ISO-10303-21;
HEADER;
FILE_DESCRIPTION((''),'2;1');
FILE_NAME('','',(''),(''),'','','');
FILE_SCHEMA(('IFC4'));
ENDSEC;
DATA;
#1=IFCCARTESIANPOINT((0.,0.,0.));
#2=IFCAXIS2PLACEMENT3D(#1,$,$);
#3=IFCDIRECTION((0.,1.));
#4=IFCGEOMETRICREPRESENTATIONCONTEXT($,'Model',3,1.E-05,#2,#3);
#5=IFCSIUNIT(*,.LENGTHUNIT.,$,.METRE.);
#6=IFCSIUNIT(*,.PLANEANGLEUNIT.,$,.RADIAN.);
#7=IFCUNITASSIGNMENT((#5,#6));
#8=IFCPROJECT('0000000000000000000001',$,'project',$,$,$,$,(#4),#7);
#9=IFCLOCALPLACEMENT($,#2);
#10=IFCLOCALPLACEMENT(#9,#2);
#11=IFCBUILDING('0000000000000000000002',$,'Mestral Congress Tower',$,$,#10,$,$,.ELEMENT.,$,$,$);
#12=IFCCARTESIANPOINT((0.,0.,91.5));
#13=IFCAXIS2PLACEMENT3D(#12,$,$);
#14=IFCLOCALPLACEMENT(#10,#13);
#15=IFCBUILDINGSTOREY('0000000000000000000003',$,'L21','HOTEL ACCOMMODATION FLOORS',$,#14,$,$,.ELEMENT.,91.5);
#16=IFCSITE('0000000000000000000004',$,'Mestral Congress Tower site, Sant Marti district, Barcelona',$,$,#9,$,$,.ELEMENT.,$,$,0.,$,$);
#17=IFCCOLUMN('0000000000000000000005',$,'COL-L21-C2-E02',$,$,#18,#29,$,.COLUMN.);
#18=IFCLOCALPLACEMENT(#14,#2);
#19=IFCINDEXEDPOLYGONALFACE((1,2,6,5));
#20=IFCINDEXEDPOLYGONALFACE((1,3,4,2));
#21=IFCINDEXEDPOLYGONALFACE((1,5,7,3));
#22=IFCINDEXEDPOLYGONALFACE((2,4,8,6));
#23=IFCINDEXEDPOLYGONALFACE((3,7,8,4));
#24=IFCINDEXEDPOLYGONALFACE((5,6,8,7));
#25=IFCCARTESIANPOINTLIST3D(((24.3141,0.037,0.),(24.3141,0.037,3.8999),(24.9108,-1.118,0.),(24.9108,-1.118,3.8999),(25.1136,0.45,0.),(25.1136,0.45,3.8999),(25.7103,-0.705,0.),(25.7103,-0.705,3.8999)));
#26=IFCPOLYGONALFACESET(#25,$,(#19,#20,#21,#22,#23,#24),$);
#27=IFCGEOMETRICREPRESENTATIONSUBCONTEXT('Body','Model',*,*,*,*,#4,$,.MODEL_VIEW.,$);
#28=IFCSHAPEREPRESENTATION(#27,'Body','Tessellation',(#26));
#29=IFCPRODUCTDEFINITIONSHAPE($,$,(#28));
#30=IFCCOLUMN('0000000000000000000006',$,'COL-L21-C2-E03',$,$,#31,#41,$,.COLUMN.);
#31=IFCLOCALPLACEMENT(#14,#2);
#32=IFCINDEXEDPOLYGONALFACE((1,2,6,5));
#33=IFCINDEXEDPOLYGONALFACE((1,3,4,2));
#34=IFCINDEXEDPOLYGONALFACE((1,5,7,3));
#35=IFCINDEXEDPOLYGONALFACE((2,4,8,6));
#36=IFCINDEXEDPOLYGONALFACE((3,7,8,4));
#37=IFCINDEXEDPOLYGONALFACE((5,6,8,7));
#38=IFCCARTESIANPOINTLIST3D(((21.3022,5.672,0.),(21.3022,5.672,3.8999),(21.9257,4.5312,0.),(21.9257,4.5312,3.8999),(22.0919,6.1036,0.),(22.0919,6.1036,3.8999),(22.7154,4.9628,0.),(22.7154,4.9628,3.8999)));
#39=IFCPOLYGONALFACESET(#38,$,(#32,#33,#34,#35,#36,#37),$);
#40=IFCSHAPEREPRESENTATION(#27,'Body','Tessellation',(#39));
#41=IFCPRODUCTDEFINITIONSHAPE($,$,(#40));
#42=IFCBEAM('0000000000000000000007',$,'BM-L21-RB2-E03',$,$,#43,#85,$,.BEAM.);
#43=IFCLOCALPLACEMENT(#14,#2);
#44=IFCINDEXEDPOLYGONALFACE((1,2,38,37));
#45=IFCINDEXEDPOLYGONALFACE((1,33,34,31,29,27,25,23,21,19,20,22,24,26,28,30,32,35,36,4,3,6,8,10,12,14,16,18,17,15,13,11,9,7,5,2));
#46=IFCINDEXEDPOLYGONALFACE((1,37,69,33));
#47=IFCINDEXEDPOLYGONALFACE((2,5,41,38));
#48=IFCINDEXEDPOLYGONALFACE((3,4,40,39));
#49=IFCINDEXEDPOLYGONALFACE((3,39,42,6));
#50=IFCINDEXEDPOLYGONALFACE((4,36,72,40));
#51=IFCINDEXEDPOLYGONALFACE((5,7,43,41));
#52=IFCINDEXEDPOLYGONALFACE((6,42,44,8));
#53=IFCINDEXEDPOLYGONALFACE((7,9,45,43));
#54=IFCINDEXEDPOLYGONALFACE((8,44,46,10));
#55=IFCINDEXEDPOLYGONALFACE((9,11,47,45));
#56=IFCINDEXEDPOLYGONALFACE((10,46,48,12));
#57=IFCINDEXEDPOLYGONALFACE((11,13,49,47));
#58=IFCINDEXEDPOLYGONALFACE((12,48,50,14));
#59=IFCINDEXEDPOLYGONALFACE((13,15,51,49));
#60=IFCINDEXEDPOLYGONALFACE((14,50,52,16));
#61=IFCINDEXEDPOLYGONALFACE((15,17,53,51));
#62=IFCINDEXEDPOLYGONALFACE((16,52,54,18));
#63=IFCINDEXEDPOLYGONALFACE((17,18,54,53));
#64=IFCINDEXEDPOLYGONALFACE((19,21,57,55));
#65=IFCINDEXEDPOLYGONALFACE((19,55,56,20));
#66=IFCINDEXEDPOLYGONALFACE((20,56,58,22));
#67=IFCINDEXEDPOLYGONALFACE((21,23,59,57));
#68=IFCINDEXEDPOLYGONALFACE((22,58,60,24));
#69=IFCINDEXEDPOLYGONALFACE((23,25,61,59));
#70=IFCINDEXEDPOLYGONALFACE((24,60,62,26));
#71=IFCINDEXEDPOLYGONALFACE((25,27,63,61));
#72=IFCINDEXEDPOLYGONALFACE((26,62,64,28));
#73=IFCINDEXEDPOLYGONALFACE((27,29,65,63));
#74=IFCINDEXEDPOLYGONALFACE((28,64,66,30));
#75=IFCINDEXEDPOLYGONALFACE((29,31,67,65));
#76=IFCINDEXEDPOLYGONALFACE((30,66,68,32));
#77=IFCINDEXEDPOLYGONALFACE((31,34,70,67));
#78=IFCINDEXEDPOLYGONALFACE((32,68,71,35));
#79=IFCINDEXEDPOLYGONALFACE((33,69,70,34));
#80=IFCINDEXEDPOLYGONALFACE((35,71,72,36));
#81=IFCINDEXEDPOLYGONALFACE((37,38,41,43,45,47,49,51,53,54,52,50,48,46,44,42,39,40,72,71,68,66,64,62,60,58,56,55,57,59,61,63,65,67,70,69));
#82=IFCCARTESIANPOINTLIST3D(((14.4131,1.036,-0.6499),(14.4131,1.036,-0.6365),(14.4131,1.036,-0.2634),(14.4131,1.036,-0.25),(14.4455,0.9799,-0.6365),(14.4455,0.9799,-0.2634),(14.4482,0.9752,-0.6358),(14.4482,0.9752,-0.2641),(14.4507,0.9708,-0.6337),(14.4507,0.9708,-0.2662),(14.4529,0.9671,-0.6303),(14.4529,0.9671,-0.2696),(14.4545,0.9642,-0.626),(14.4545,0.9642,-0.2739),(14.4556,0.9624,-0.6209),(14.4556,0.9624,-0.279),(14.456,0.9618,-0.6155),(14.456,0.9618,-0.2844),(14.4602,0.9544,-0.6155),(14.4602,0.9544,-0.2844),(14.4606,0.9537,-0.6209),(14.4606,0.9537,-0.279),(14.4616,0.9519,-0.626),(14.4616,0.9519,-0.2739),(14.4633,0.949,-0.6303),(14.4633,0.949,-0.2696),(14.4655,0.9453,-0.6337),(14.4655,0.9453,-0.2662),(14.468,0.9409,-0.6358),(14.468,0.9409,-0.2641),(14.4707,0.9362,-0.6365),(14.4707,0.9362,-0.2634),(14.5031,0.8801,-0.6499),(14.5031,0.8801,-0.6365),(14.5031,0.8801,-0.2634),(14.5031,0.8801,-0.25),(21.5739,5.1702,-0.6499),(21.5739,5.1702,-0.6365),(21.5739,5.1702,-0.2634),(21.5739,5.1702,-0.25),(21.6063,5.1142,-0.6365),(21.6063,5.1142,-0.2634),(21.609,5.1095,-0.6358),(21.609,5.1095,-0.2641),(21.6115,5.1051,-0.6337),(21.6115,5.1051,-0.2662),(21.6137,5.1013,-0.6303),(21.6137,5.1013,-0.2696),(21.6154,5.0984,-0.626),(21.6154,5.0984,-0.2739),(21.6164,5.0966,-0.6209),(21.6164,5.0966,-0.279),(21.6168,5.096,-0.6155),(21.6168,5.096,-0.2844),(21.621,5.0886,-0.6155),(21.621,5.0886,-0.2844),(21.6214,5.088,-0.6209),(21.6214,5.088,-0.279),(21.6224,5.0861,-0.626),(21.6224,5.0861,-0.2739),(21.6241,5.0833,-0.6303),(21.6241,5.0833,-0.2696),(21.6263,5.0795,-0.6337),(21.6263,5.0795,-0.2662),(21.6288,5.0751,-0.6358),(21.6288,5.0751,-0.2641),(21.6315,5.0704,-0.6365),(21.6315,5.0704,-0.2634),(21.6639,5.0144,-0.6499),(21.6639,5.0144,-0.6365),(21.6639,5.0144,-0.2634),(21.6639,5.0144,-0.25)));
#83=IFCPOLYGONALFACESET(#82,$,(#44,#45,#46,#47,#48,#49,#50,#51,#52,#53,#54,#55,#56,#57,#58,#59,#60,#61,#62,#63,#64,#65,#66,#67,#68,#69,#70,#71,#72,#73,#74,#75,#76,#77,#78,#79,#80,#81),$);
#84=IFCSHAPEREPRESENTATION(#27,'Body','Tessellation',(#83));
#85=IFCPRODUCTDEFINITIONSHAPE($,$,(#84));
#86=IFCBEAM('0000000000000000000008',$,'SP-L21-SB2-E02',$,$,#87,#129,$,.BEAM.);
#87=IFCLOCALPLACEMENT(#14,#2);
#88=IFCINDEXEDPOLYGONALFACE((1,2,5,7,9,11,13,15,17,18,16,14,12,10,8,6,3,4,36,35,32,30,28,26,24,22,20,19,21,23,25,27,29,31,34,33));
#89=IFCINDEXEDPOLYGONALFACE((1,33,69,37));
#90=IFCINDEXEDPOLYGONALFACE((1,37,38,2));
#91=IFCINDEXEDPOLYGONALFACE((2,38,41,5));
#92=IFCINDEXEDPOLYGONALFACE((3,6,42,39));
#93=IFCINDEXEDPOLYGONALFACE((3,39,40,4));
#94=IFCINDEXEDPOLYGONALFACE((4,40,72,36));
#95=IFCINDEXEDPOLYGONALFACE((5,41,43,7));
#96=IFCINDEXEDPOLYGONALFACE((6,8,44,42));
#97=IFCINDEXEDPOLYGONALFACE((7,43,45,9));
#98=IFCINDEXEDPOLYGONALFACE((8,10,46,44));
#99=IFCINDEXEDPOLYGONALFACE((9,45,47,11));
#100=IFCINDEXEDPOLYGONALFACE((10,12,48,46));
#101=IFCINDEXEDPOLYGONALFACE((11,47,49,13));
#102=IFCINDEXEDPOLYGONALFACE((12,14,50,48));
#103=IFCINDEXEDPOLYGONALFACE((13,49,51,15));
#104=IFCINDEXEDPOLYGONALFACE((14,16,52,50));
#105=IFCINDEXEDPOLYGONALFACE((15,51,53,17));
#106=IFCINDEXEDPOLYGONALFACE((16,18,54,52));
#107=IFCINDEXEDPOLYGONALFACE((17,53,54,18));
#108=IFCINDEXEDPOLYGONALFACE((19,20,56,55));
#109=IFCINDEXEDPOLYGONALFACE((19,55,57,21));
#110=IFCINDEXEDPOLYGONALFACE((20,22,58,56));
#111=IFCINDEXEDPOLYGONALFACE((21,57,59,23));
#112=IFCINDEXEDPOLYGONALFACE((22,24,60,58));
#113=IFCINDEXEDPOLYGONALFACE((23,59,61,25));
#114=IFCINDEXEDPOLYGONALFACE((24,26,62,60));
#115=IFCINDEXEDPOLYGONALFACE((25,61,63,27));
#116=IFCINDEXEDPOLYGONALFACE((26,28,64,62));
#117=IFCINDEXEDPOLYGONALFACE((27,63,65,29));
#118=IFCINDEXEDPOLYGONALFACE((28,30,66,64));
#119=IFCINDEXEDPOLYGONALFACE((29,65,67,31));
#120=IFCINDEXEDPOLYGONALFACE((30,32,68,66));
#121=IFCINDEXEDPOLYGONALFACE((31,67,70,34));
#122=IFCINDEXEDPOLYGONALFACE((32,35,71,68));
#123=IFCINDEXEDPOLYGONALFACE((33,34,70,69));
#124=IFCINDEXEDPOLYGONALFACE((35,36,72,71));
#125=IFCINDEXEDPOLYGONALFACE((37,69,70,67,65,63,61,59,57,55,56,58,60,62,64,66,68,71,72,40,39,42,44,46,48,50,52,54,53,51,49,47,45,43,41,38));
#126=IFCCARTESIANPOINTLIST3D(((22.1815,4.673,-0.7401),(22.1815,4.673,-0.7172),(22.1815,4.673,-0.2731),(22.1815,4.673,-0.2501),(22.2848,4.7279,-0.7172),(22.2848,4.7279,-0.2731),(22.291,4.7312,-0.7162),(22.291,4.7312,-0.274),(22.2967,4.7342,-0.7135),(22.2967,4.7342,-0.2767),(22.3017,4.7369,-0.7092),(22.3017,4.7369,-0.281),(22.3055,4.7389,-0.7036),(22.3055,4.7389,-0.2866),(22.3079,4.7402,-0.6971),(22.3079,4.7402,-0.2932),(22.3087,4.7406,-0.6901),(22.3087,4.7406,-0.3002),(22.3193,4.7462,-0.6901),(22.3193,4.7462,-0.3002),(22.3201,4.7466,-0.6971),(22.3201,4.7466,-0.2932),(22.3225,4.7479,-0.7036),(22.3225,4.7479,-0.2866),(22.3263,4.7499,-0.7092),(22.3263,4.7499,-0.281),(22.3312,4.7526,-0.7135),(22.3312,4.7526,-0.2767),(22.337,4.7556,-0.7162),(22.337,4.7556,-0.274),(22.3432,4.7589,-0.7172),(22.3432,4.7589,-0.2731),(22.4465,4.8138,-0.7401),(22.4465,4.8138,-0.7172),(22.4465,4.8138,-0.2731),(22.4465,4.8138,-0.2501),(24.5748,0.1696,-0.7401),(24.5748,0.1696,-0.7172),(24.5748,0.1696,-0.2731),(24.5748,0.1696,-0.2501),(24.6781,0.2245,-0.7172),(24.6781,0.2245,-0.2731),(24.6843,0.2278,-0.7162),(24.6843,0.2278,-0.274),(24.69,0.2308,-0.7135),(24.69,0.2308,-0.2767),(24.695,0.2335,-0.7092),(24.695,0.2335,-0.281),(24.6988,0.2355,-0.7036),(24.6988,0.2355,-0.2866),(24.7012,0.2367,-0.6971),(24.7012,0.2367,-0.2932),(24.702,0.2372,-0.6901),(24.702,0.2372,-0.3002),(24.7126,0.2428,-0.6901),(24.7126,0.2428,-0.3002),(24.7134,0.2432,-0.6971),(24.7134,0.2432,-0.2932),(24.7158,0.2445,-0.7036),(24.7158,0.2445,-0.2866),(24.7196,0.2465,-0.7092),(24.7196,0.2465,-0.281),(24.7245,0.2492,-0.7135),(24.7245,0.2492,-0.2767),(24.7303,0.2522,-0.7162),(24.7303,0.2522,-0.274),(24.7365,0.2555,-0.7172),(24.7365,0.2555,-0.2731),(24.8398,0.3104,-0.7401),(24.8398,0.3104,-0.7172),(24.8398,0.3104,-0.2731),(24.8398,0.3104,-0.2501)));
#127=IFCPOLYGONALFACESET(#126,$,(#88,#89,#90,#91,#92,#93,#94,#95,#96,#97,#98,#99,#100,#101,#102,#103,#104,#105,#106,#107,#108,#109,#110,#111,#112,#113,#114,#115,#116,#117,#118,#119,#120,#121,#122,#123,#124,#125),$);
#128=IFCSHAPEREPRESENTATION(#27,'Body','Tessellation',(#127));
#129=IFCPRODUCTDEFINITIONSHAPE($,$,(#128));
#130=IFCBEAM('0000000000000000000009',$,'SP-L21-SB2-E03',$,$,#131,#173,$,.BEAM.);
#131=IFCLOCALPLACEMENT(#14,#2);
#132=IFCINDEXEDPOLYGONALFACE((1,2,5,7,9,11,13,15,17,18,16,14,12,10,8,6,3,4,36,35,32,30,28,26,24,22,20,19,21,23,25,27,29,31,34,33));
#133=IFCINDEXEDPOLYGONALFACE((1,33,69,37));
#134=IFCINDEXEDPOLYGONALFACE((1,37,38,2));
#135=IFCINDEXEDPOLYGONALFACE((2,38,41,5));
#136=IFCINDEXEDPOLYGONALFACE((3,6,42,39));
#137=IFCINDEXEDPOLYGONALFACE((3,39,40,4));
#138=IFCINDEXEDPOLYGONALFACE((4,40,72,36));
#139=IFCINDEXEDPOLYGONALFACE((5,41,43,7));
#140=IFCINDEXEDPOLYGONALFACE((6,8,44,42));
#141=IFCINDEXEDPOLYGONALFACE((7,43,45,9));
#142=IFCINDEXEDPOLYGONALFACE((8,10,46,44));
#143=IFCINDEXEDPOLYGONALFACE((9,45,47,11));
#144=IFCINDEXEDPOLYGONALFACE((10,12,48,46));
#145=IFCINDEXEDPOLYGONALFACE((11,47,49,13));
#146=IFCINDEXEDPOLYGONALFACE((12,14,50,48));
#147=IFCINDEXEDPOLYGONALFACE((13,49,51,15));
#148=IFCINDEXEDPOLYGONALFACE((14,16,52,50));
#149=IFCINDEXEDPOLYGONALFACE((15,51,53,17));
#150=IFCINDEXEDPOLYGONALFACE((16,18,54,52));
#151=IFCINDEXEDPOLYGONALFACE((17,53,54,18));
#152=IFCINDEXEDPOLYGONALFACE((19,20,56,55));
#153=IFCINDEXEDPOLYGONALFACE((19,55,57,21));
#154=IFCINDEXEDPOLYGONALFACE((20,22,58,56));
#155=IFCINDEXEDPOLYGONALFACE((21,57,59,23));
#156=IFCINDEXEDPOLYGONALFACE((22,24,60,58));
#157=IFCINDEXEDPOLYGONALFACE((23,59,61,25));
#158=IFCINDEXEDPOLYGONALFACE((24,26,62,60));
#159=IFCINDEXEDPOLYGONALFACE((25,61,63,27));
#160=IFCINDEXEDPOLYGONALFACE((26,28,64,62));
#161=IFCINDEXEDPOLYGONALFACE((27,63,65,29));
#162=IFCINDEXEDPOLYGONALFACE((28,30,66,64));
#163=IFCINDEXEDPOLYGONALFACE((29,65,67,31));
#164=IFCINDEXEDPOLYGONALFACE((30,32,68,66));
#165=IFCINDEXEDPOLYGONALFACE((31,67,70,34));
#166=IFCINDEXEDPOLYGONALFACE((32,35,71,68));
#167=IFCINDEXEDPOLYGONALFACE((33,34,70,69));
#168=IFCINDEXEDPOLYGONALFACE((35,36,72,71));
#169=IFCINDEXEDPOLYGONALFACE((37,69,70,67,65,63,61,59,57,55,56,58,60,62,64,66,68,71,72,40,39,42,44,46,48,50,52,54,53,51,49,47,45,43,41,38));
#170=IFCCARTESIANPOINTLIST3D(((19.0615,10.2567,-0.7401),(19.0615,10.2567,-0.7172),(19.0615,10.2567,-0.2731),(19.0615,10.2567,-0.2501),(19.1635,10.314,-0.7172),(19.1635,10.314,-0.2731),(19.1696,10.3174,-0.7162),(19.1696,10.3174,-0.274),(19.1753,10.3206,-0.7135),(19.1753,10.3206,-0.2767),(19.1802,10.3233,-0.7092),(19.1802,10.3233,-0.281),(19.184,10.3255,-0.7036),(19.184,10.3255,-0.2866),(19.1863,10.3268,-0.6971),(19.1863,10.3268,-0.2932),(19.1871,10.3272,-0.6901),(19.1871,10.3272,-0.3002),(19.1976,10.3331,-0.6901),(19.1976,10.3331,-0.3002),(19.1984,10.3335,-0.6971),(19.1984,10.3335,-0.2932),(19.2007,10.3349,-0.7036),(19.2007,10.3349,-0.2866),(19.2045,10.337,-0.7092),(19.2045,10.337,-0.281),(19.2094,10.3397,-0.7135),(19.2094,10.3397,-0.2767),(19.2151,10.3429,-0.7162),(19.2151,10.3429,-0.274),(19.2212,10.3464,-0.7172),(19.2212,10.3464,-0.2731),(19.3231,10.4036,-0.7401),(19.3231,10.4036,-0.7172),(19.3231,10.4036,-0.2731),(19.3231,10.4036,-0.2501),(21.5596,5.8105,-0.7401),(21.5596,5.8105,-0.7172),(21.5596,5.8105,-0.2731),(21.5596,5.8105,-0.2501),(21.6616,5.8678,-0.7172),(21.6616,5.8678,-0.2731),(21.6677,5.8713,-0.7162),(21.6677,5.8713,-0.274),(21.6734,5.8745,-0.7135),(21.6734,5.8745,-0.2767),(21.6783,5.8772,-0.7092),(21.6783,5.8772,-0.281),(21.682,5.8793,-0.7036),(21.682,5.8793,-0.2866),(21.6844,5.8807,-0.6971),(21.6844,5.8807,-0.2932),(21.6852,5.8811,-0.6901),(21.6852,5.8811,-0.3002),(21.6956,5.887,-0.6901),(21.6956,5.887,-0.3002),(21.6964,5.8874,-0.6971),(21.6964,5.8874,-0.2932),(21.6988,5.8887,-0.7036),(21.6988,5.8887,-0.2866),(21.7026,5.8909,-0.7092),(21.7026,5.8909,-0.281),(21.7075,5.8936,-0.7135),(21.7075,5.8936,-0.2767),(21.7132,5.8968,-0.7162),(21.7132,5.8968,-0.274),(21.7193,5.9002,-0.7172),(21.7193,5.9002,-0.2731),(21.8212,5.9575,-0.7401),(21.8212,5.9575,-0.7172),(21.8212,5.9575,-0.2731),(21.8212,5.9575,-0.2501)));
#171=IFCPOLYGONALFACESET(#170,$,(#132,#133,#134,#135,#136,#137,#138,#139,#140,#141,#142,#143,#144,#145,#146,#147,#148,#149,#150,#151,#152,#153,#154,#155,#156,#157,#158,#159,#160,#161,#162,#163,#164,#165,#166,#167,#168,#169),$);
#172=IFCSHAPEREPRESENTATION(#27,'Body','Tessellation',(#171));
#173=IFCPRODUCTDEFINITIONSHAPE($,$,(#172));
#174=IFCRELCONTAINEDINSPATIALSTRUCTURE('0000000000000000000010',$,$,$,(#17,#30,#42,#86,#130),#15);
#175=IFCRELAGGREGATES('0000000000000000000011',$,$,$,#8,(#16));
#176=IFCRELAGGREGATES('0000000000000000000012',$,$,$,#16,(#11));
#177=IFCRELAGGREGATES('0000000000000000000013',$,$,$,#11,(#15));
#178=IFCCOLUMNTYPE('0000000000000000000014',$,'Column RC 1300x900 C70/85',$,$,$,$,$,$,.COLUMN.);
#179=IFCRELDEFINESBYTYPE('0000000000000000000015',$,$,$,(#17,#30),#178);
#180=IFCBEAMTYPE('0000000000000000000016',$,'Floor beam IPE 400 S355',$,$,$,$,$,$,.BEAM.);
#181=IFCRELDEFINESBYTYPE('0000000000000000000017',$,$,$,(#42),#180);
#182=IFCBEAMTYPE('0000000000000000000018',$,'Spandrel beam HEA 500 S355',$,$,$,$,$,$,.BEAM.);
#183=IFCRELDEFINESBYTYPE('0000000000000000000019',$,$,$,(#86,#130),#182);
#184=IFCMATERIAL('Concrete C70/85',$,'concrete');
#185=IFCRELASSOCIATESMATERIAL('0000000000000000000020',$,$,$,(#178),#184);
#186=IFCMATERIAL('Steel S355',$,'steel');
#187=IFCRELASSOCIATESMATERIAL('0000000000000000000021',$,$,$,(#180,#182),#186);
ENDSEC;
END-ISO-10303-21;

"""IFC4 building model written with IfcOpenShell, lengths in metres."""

from ifc_helpers import new_model, si_unit, direction, frame, origin, origin_2d, place, context, subcontext, project, spatial, rectangle, i_section, extrude, material, material_profile, profile_set, type_object, element, save


model = new_model("IFC4")

# Units and contexts
model_context = context("Model", 3, precision=1e-05, world=origin(), true_north=direction((0.0, 1.0)))
body_context = subcontext(model_context, "Body", "Model", "MODEL_VIEW")
ifc_project = project(units=[si_unit("LENGTHUNIT", "METRE"), si_unit("PLANEANGLEUNIT", "RADIAN")], contexts=[model_context])

# Site, building, storey
site_placement = place(None, origin())
site = spatial("IfcSite", under=ifc_project, at=site_placement, Name="Mestral Congress Tower site, Sant Marti district, Barcelona", CompositionType="ELEMENT", RefElevation=0.0)
building_placement = place(site_placement, origin())
building = spatial("IfcBuilding", under=site, at=building_placement, Name="Mestral Congress Tower", CompositionType="ELEMENT")
storey_placement = place(building_placement, frame((0.0, 0.0, 91.5)))
storey = spatial("IfcBuildingStorey", under=building, at=storey_placement, Name="L21", Description="HOTEL ACCOMMODATION FLOORS", CompositionType="ELEMENT", Elevation=91.5)

# Columns
ifc_material_1 = material(Name="Concrete C70/85", Category="concrete")
ifc_material_profile_1 = material_profile(ifc_material_1, rectangle(XDim=1.3, YDim=0.8999, at=origin_2d()), Name="RC 1300x900")
ifc_profile_set_1 = profile_set([ifc_material_profile_1], Name="Concrete C70/85")
column_type = type_object("IfcColumnType", Name="Column RC 1300x900 C70/85", PredefinedType="COLUMN", material=ifc_profile_set_1)
for number, where, z_axis, x_axis, name in (
    (1, (25.0122, -0.334, 0.0), (0.0, 0.0, 1.0), (-0.458961, 0.888456, 0.0), "COL-L21-C2-E02"),
    (2, (22.0088, 5.3174, 0.0), (0.0, 0.0, 1.0), (-0.479613, 0.87748, 0.0), "COL-L21-C2-E03"),
):
    element("IfcColumn", number, at=place(storey_placement, frame(where, z_axis=z_axis, x_axis=x_axis)), inside=storey, type_object=column_type, Name=name, PredefinedType="COLUMN", context=body_context, shape_type="SweptSolid", body=[
        extrude(rectangle(XDim=1.3, YDim=0.8999, at=origin_2d()), origin(), (0.0, 0.0, 1.0), 3.8999),
    ])

# Beams
ifc_material_2 = material(Name="Steel S355", Category="steel")
ifc_material_profile_2 = material_profile(ifc_material_2, i_section(OverallWidth=0.1799, OverallDepth=0.3999, WebThickness=0.0085, FlangeThickness=0.0134, FilletRadius=0.021, at=origin_2d()), Name="IPE 400")
ifc_profile_set_2 = profile_set([ifc_material_profile_2], Name="Steel S355")
beam_type_1 = type_object("IfcBeamType", Name="Floor beam IPE 400 S355", PredefinedType="BEAM", material=ifc_profile_set_2)
beam_placement = place(storey_placement, frame((21.6189, 5.0923, -0.45), z_axis=(-0.866029, -0.499994, 0.0), x_axis=(0.499994, -0.866029, 0.0)))
element("IfcBeam", 3, at=beam_placement, inside=storey, type_object=beam_type_1, Name="BM-L21-RB2-E03", PredefinedType="BEAM", context=body_context, shape_type="SweptSolid", body=[
    extrude(i_section(OverallWidth=0.1799, OverallDepth=0.3999, WebThickness=0.0085, FlangeThickness=0.0134, FilletRadius=0.021, at=origin_2d()), origin(), (0.0, 0.0, 1.0), 8.2686),
])
ifc_material_profile_3 = material_profile(ifc_material_2, i_section(OverallWidth=0.3, OverallDepth=0.49, WebThickness=0.012, FlangeThickness=0.0229, FilletRadius=0.0271, at=origin_2d()), Name="HEA 500")
ifc_profile_set_3 = profile_set([ifc_material_profile_3], Name="Steel S355")
beam_type_2 = type_object("IfcBeamType", Name="Spandrel beam HEA 500 S355", PredefinedType="BEAM", material=ifc_profile_set_3)
for number, where, z_axis, x_axis, name in (
    (4, (24.7073, 0.24, -0.4951), (-0.469288, 0.883045, 0.0), (-0.883045, -0.469288, 0.0), "SP-L21-SB2-E02"),
    (5, (21.6904, 5.884, -0.4951), (-0.489836, 0.871815, 0.0), (-0.871815, -0.489836, 0.0), "SP-L21-SB2-E03"),
):
    element("IfcBeam", number, at=place(storey_placement, frame(where, z_axis=z_axis, x_axis=x_axis)), inside=storey, type_object=beam_type_2, Name=name, PredefinedType="BEAM", context=body_context, shape_type="SweptSolid", body=[
        extrude(i_section(OverallWidth=0.3, OverallDepth=0.49, WebThickness=0.012, FlangeThickness=0.0229, FilletRadius=0.0271, at=origin_2d()), origin(), (0.0, 0.0, 1.0), 5.0999),
    ])

save(model, "model.ifc")
